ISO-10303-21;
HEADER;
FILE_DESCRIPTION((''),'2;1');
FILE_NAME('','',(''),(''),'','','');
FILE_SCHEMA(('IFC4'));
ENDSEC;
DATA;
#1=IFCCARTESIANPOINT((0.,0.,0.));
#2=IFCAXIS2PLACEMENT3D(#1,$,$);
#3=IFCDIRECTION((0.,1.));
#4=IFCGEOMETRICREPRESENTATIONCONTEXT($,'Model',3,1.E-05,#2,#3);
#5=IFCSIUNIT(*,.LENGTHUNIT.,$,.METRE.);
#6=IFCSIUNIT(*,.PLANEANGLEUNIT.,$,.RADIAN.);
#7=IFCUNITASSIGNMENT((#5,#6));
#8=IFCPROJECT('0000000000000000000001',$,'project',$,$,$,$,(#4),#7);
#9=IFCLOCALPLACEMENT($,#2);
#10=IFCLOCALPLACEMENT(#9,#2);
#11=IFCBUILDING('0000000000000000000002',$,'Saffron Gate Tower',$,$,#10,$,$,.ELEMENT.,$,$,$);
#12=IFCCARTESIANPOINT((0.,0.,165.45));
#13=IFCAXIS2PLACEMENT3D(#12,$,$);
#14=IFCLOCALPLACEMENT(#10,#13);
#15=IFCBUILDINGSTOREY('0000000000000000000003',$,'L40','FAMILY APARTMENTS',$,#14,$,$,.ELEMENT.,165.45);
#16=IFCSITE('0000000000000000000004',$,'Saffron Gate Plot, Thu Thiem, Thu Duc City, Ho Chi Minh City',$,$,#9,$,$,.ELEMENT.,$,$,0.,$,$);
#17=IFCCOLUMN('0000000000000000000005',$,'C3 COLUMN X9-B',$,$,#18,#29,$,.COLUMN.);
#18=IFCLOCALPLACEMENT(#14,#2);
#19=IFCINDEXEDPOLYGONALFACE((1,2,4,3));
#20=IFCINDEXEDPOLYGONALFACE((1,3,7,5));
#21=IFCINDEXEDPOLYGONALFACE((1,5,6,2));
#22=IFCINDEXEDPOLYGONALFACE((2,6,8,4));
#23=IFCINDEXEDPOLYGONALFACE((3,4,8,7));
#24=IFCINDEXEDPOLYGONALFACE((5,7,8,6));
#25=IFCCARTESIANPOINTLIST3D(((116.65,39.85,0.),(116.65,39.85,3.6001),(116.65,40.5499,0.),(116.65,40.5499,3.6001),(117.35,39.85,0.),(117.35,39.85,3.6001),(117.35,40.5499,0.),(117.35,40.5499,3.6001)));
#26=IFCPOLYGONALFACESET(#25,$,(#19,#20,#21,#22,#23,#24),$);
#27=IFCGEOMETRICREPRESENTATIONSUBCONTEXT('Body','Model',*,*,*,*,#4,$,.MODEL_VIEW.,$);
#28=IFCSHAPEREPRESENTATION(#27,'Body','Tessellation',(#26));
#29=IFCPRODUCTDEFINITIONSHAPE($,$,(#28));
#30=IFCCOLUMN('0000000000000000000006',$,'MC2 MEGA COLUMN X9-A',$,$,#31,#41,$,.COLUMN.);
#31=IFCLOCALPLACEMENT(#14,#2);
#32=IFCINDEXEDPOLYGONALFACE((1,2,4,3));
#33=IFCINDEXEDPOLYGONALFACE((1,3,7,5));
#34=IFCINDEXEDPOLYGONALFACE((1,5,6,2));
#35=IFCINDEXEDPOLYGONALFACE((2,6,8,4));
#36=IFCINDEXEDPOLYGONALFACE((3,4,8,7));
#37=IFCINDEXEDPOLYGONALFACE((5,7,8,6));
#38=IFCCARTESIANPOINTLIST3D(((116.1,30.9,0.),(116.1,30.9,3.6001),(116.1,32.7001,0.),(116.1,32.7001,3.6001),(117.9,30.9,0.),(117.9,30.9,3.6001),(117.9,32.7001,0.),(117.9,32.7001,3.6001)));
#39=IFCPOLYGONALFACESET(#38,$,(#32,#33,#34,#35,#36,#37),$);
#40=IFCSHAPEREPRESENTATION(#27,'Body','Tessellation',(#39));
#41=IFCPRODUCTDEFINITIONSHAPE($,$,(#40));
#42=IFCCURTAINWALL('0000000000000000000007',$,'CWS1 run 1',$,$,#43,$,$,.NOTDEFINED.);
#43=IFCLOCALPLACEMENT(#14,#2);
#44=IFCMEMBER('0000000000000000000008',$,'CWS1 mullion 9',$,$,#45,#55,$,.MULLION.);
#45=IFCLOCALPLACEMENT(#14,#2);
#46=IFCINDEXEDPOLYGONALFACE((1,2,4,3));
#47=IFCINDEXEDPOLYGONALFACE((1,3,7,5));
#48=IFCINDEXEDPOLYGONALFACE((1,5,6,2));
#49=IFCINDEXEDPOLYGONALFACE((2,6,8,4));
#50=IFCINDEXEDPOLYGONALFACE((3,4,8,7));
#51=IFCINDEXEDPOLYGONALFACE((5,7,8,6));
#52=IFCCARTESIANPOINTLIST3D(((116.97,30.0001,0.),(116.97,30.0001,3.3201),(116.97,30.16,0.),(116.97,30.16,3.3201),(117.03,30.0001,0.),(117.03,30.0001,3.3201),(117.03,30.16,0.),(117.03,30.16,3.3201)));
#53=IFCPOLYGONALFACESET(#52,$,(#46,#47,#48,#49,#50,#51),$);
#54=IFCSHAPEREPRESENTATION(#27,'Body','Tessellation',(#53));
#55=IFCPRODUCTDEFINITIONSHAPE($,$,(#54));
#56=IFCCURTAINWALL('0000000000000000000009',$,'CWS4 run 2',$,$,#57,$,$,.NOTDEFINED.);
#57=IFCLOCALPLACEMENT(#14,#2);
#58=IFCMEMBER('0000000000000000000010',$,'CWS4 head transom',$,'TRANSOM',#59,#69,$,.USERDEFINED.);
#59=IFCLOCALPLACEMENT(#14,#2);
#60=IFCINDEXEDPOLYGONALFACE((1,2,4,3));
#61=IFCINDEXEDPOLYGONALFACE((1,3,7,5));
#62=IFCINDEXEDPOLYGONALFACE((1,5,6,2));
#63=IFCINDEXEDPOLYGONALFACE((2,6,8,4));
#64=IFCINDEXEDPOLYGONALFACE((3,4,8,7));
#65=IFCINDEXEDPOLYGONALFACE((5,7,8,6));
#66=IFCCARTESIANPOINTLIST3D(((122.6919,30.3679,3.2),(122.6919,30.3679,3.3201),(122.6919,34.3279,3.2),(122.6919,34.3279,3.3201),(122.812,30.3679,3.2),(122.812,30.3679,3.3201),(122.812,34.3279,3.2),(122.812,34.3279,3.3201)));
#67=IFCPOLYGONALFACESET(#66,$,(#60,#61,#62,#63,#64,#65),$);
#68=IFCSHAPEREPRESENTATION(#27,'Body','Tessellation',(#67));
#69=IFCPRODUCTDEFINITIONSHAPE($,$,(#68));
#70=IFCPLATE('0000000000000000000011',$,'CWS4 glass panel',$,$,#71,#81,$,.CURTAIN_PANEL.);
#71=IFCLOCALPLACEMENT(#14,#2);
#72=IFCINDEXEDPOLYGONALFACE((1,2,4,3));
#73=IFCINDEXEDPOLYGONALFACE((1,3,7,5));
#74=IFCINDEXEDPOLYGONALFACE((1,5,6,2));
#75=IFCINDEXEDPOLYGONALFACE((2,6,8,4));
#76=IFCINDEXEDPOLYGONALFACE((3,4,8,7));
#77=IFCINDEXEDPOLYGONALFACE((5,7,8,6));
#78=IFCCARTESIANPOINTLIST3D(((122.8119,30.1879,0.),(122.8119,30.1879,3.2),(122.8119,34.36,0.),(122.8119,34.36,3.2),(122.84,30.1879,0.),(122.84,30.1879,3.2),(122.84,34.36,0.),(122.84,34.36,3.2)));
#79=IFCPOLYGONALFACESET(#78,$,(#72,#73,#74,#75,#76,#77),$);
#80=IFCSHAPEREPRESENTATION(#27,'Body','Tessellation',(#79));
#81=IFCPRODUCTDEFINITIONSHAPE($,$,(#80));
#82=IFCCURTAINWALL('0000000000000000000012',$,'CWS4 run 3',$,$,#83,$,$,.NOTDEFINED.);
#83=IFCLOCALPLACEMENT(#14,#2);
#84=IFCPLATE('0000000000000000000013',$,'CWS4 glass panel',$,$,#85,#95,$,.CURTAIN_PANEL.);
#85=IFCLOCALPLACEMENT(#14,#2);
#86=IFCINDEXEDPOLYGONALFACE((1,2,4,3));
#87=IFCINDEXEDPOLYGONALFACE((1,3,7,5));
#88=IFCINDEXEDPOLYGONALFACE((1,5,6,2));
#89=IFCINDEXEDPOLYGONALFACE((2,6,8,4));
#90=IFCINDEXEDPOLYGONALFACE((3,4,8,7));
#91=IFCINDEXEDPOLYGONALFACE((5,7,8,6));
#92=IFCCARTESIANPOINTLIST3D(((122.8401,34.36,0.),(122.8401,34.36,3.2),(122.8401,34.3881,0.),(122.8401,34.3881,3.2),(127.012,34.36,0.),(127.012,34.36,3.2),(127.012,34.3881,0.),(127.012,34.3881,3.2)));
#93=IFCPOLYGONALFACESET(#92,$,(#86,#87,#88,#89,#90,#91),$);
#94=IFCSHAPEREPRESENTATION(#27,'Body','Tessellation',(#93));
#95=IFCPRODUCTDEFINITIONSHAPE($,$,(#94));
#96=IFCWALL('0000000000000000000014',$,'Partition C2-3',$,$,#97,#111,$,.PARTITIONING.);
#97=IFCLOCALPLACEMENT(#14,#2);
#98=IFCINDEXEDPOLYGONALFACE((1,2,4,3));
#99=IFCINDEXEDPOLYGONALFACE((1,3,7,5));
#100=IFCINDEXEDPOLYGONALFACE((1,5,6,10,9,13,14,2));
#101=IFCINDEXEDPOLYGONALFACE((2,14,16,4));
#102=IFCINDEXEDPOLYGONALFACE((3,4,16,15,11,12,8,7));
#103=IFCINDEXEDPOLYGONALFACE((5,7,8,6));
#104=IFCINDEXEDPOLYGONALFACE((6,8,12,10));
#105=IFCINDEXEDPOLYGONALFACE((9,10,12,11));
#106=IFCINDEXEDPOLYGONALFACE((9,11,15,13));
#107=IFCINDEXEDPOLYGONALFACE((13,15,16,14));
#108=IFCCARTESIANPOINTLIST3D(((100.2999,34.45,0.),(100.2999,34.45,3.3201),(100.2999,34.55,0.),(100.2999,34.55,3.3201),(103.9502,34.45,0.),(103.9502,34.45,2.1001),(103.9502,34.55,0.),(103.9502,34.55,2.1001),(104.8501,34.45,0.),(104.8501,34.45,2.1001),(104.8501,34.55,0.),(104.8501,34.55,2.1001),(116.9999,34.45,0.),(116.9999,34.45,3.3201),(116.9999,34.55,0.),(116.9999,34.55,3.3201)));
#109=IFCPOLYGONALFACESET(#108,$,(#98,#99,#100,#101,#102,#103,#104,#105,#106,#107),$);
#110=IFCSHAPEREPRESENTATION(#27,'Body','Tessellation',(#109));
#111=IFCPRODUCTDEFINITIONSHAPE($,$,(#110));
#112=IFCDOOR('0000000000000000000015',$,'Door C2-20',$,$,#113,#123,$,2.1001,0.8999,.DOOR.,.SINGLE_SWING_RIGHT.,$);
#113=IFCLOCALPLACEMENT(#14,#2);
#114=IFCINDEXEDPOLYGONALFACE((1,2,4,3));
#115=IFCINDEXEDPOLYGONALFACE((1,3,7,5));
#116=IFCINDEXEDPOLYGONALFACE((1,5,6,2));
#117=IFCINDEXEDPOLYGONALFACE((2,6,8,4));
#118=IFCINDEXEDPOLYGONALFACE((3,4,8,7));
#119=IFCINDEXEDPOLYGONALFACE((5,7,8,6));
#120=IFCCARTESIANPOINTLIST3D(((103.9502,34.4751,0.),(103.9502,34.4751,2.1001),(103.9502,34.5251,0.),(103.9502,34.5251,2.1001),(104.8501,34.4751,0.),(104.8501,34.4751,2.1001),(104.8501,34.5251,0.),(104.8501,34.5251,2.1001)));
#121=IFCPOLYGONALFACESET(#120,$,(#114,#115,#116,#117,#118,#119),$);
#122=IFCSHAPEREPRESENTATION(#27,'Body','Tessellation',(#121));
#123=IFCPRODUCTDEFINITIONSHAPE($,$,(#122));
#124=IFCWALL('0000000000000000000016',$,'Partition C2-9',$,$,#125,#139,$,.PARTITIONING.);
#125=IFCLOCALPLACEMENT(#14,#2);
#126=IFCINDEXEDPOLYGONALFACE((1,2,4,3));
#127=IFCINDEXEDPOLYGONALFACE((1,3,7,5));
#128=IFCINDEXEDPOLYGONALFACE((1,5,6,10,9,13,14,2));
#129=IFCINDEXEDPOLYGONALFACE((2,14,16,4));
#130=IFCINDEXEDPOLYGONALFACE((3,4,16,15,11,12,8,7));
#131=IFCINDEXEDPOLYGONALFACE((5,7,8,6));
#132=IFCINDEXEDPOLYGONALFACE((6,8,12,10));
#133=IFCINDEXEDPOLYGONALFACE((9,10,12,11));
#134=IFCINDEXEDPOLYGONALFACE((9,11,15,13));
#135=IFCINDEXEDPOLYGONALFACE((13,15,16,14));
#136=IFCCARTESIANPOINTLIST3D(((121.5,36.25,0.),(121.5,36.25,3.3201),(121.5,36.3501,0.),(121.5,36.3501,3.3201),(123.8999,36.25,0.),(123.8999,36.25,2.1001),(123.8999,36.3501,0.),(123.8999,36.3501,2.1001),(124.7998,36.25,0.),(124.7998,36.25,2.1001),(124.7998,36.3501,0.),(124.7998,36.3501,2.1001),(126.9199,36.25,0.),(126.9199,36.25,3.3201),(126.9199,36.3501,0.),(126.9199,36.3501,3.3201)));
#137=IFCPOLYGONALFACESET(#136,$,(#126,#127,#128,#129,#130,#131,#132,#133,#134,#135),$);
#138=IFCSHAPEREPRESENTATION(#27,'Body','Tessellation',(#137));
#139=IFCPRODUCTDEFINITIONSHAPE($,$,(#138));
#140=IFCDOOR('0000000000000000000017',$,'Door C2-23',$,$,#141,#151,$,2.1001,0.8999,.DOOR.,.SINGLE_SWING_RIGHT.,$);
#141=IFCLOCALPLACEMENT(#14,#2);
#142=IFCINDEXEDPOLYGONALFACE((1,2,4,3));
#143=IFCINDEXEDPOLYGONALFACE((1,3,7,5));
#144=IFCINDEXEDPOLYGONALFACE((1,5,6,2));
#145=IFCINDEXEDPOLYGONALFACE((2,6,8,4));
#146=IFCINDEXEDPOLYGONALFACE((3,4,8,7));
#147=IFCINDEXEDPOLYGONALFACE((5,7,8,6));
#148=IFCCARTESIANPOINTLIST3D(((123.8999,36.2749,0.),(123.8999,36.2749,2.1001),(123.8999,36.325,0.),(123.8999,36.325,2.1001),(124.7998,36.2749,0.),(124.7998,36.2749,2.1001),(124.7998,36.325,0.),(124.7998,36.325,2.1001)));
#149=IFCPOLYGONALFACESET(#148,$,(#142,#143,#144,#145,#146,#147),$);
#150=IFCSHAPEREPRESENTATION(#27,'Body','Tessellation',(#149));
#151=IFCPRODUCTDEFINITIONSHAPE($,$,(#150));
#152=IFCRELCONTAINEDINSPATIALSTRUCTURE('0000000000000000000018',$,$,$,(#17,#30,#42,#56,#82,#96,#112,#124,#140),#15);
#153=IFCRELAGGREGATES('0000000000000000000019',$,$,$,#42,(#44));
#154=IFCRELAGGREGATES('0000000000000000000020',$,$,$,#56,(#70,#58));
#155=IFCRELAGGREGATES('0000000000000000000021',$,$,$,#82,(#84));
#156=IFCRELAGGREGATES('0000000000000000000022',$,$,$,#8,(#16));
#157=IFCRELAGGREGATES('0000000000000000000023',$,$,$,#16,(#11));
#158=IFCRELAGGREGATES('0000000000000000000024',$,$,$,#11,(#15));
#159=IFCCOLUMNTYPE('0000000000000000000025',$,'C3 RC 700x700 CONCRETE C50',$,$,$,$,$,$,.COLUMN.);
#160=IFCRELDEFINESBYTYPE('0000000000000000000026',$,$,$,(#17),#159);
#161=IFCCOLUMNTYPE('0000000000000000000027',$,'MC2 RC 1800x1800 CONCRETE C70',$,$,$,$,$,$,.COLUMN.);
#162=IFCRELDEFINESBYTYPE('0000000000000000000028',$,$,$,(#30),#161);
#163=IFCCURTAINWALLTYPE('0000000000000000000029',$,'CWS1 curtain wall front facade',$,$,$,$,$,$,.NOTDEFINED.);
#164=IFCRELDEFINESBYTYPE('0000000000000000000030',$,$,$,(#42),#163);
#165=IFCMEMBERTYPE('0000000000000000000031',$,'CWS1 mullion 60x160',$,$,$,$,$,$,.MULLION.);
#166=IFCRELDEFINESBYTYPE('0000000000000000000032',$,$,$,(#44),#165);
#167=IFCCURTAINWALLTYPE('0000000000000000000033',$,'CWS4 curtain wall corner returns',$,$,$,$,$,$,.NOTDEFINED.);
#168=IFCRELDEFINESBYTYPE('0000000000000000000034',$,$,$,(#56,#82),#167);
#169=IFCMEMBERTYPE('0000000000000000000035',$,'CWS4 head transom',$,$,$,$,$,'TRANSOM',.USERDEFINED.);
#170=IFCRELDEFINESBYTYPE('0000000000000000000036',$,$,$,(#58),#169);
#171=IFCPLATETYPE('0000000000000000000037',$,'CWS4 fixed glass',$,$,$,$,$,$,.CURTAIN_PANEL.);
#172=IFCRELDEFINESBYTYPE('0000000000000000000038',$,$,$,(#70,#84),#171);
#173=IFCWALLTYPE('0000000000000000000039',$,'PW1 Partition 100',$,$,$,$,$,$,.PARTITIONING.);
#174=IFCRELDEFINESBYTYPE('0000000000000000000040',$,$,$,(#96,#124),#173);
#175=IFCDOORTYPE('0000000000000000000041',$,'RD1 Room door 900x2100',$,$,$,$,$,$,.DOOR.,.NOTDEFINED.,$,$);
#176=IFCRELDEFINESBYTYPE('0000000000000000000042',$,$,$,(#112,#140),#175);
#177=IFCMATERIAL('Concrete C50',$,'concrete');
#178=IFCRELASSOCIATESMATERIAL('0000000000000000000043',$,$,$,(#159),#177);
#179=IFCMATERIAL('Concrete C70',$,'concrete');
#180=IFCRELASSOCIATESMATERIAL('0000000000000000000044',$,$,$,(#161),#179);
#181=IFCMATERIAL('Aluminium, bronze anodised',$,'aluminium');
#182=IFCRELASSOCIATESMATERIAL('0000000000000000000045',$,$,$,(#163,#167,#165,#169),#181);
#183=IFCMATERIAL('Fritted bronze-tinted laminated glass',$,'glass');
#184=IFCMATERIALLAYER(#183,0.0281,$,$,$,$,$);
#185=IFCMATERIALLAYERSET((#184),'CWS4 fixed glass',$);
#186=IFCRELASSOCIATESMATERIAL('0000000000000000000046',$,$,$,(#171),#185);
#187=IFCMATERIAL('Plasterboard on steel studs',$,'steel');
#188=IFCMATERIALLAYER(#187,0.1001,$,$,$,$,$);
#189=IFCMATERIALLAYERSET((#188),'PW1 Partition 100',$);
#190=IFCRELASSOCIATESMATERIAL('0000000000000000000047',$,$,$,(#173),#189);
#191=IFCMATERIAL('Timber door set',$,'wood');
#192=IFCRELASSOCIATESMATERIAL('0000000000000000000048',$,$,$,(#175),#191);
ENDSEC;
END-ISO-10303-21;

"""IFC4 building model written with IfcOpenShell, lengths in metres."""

from ifc_helpers import new_model, si_unit, direction, frame, frame_2d, origin, origin_2d, place, context, subcontext, project, spatial, rectangle, extrude, material, layer, layer_set, material_profile, profile_set, type_object, element, fill, aggregate, save


model = new_model("IFC4")

# Units and contexts
model_context = context("Model", 3, precision=1e-05, world=origin(), true_north=direction((0.0, 1.0)))
body_context = subcontext(model_context, "Body", "Model", "MODEL_VIEW")
ifc_project = project(units=[si_unit("LENGTHUNIT", "METRE"), si_unit("PLANEANGLEUNIT", "RADIAN")], contexts=[model_context])

# Site, building, storey
site_placement = place(None, origin())
site = spatial("IfcSite", under=ifc_project, at=site_placement, Name="Saffron Gate Plot, Thu Thiem, Thu Duc City, Ho Chi Minh City", CompositionType="ELEMENT", RefElevation=0.0)
building_placement = place(site_placement, origin())
building = spatial("IfcBuilding", under=site, at=building_placement, Name="Saffron Gate Tower", CompositionType="ELEMENT")
storey_placement = place(building_placement, frame((0.0, 0.0, 165.45)))
storey = spatial("IfcBuildingStorey", under=building, at=storey_placement, Name="L40", Description="FAMILY APARTMENTS", CompositionType="ELEMENT", Elevation=165.45)

# Columns
ifc_material_1 = material(Name="Concrete C50", Category="concrete")
ifc_material_profile_1 = material_profile(ifc_material_1, rectangle(XDim=0.7, YDim=0.7, at=origin_2d()))
ifc_profile_set_1 = profile_set([ifc_material_profile_1], Name="Concrete C50")
column_type_1 = type_object("IfcColumnType", Name="C3 RC 700x700 CONCRETE C50", PredefinedType="COLUMN", material=ifc_profile_set_1)
column_1_placement = place(storey_placement, frame((117.0, 40.2, 0.0), z_axis=(0.0, 0.0, 1.0), x_axis=(1.0, 0.0, 0.0)))
element("IfcColumn", 1, at=column_1_placement, inside=storey, type_object=column_type_1, Name="C3 COLUMN X9-B", PredefinedType="COLUMN", context=body_context, shape_type="SweptSolid", body=[
    extrude(rectangle(XDim=0.7, YDim=0.7, at=origin_2d()), origin(), (0.0, 0.0, 1.0), 3.6001),
])
ifc_material_2 = material(Name="Concrete C70", Category="concrete")
ifc_material_profile_2 = material_profile(ifc_material_2, rectangle(XDim=1.8, YDim=1.8, at=origin_2d()))
ifc_profile_set_2 = profile_set([ifc_material_profile_2], Name="Concrete C70")
column_type_2 = type_object("IfcColumnType", Name="MC2 RC 1800x1800 CONCRETE C70", PredefinedType="COLUMN", material=ifc_profile_set_2)
column_2_placement = place(storey_placement, frame((117.0, 31.8, 0.0), z_axis=(0.0, 0.0, 1.0), x_axis=(1.0, 0.0, 0.0)))
element("IfcColumn", 2, at=column_2_placement, inside=storey, type_object=column_type_2, Name="MC2 MEGA COLUMN X9-A", PredefinedType="COLUMN", context=body_context, shape_type="SweptSolid", body=[
    extrude(rectangle(XDim=1.8, YDim=1.8, at=origin_2d()), origin(), (0.0, 0.0, 1.0), 3.6001),
])

# Curtain wall, member
ifc_material_3 = material(Name="Aluminium, bronze anodised", Category="aluminium")
curtain_wall_type_1 = type_object("IfcCurtainWallType", Name="CWS1 curtain wall front facade", PredefinedType="NOTDEFINED", material=ifc_material_3)
curtain_wall_1_placement = place(storey_placement, origin())
curtain_wall_1 = element("IfcCurtainWall", 3, at=curtain_wall_1_placement, inside=storey, type_object=curtain_wall_type_1, Name="CWS1 run 1", PredefinedType="NOTDEFINED")
ifc_material_profile_3 = material_profile(ifc_material_3, rectangle(XDim=0.1599, YDim=0.0601, at=origin_2d()))
ifc_profile_set_3 = profile_set([ifc_material_profile_3], Name="Aluminium, bronze anodised")
member_type_1 = type_object("IfcMemberType", Name="CWS1 mullion 60x160", PredefinedType="MULLION", material=ifc_profile_set_3)
member_1_placement = place(storey_placement, frame((117.0, 30.0801, 0.0), z_axis=(0.0, 0.0, 1.0), x_axis=(0.0, 1.0, 0.0)))
member_1 = element("IfcMember", 4, at=member_1_placement, type_object=member_type_1, Name="CWS1 mullion 9", PredefinedType="MULLION", context=body_context, shape_type="SweptSolid", body=[
    extrude(rectangle(XDim=0.1599, YDim=0.0601, at=origin_2d()), origin(), (0.0, 0.0, 1.0), 3.3201),
])
aggregate(curtain_wall_1, [member_1])

# Curtain wall, member, plate
curtain_wall_type_2 = type_object("IfcCurtainWallType", Name="CWS4 curtain wall corner returns", PredefinedType="NOTDEFINED", material=ifc_material_3)
curtain_wall_2_placement = place(storey_placement, origin())
curtain_wall_2 = element("IfcCurtainWall", 5, at=curtain_wall_2_placement, inside=storey, type_object=curtain_wall_type_2, Name="CWS4 run 2", PredefinedType="NOTDEFINED")
ifc_material_profile_4 = material_profile(ifc_material_3, rectangle(XDim=0.1201, YDim=0.1201, at=origin_2d()))
ifc_profile_set_4 = profile_set([ifc_material_profile_4], Name="Aluminium, bronze anodised")
member_type_2 = type_object("IfcMemberType", Name="CWS4 head transom", ElementType="TRANSOM", PredefinedType="USERDEFINED", material=ifc_profile_set_4)
member_2_placement = place(storey_placement, frame((122.752, 30.3679, 3.26), z_axis=(0.0, 1.0, 0.0), x_axis=(-1.0, 0.0, 0.0)))
member_2 = element("IfcMember", 6, at=member_2_placement, type_object=member_type_2, Name="CWS4 head transom", ObjectType="TRANSOM", PredefinedType="USERDEFINED", context=body_context, shape_type="SweptSolid", body=[
    extrude(rectangle(XDim=0.1201, YDim=0.1201, at=origin_2d()), origin(), (0.0, 0.0, 1.0), 3.96),
])
ifc_material_4 = material(Name="Fritted bronze-tinted laminated glass", Category="glass")
ifc_layer_1 = layer(ifc_material_4, 0.0281)
ifc_layer_set_1 = layer_set([ifc_layer_1], Name="CWS4 fixed glass")
plate_type = type_object("IfcPlateType", Name="CWS4 fixed glass", PredefinedType="CURTAIN_PANEL", material=ifc_layer_set_1)
plate_1_placement = place(storey_placement, frame((122.8259, 30.188, 0.0), z_axis=(0.0, 0.0, 1.0), x_axis=(0.0, 1.0, 0.0)))
plate_1 = element("IfcPlate", 7, at=plate_1_placement, type_object=plate_type, Name="CWS4 glass panel", PredefinedType="CURTAIN_PANEL", context=body_context, shape_type="SweptSolid", body=[
    extrude(rectangle(XDim=4.1721, YDim=0.0281, at=frame_2d((2.0859, 0.0))), origin(), (0.0, 0.0, 1.0), 3.2),
])
aggregate(curtain_wall_2, [plate_1, member_2])

# Curtain wall, plate
curtain_wall_3_placement = place(storey_placement, origin())
curtain_wall_3 = element("IfcCurtainWall", 8, at=curtain_wall_3_placement, inside=storey, type_object=curtain_wall_type_2, Name="CWS4 run 3", PredefinedType="NOTDEFINED")
plate_2_placement = place(storey_placement, frame((122.8401, 34.374, 0.0), z_axis=(0.0, 0.0, 1.0), x_axis=(1.0, 0.0, 0.0)))
plate_2 = element("IfcPlate", 9, at=plate_2_placement, type_object=plate_type, Name="CWS4 glass panel", PredefinedType="CURTAIN_PANEL", context=body_context, shape_type="SweptSolid", body=[
    extrude(rectangle(XDim=4.1719, YDim=0.0281, at=frame_2d((2.0859, 0.0))), origin(), (0.0, 0.0, 1.0), 3.2),
])
aggregate(curtain_wall_3, [plate_2])

# Walls, openings, doors
ifc_material_5 = material(Name="Plasterboard on steel studs", Category="steel")
ifc_layer_2 = layer(ifc_material_5, 0.1001)
ifc_layer_set_2 = layer_set([ifc_layer_2], Name="PW1 Partition 100")
wall_type = type_object("IfcWallType", Name="PW1 Partition 100", PredefinedType="PARTITIONING", material=ifc_layer_set_2)
wall_1_placement = place(storey_placement, frame((117.0, 34.5, 0.0), z_axis=(0.0, 0.0, 1.0), x_axis=(-1.0, 0.0, 0.0)))
wall_1 = element("IfcWall", 10, at=wall_1_placement, inside=storey, type_object=wall_type, Name="Partition C2-3", PredefinedType="PARTITIONING", context=body_context, shape_type="SweptSolid", body=[
    extrude(rectangle(XDim=16.7, YDim=0.1001, at=frame_2d((8.3501, 0.0))), origin(), (0.0, 0.0, 1.0), 3.3201),
])
opening_1_placement = place(wall_1_placement, frame((12.1499, 0.0, 0.0)))
opening_1 = element("IfcOpeningElement", 11, at=opening_1_placement, cuts=wall_1, PredefinedType="OPENING", context=body_context, shape_type="SweptSolid", body=[
    extrude(rectangle(XDim=0.8999, YDim=2.1001, at=frame_2d((0.45, 1.05))), frame((0.0, 0.0601, 0.0), z_axis=(0.0, -1.0, 0.0), x_axis=(1.0, 0.0, 0.0)), (0.0, 0.0, 1.0), 0.1201),
])
ifc_material_6 = material(Name="Timber door set", Category="wood")
door_type = type_object("IfcDoorType", Name="RD1 Room door 900x2100", OperationType="NOTDEFINED", PredefinedType="DOOR", material=ifc_material_6)
door_1_placement = place(opening_1_placement, origin())
door_1 = element("IfcDoor", 12, at=door_1_placement, inside=storey, type_object=door_type, Name="Door C2-20", OperationType="SINGLE_SWING_RIGHT", OverallHeight=2.1001, OverallWidth=0.8999, PredefinedType="DOOR", context=body_context, shape_type="SweptSolid", body=[
    extrude(rectangle(XDim=0.8999, YDim=2.1001, at=frame_2d((0.45, 1.05))), frame((0.0, 0.0249, 0.0), z_axis=(0.0, -1.0, 0.0), x_axis=(1.0, 0.0, 0.0)), (0.0, 0.0, 1.0), 0.05),
])
fill(opening_1, door_1)
wall_2_placement = place(storey_placement, frame((121.5, 36.3, 0.0), z_axis=(0.0, 0.0, 1.0), x_axis=(1.0, 0.0, 0.0)))
wall_2 = element("IfcWall", 13, at=wall_2_placement, inside=storey, type_object=wall_type, Name="Partition C2-9", PredefinedType="PARTITIONING", context=body_context, shape_type="SweptSolid", body=[
    extrude(rectangle(XDim=5.4199, YDim=0.1001, at=frame_2d((2.71, 0.0))), origin(), (0.0, 0.0, 1.0), 3.3201),
])
opening_2_placement = place(wall_2_placement, frame((2.3999, 0.0, 0.0)))
opening_2 = element("IfcOpeningElement", 14, at=opening_2_placement, cuts=wall_2, PredefinedType="OPENING", context=body_context, shape_type="SweptSolid", body=[
    extrude(rectangle(XDim=0.8999, YDim=2.1001, at=frame_2d((0.45, 1.05))), frame((0.0, 0.0601, 0.0), z_axis=(0.0, -1.0, 0.0), x_axis=(1.0, 0.0, 0.0)), (0.0, 0.0, 1.0), 0.1201),
])
door_2_placement = place(opening_2_placement, origin())
door_2 = element("IfcDoor", 15, at=door_2_placement, inside=storey, type_object=door_type, Name="Door C2-23", OperationType="SINGLE_SWING_RIGHT", OverallHeight=2.1001, OverallWidth=0.8999, PredefinedType="DOOR", context=body_context, shape_type="SweptSolid", body=[
    extrude(rectangle(XDim=0.8999, YDim=2.1001, at=frame_2d((0.45, 1.05))), frame((0.0, 0.0249, 0.0), z_axis=(0.0, -1.0, 0.0), x_axis=(1.0, 0.0, 0.0)), (0.0, 0.0, 1.0), 0.05),
])
fill(opening_2, door_2)

save(model, "model.ifc")
